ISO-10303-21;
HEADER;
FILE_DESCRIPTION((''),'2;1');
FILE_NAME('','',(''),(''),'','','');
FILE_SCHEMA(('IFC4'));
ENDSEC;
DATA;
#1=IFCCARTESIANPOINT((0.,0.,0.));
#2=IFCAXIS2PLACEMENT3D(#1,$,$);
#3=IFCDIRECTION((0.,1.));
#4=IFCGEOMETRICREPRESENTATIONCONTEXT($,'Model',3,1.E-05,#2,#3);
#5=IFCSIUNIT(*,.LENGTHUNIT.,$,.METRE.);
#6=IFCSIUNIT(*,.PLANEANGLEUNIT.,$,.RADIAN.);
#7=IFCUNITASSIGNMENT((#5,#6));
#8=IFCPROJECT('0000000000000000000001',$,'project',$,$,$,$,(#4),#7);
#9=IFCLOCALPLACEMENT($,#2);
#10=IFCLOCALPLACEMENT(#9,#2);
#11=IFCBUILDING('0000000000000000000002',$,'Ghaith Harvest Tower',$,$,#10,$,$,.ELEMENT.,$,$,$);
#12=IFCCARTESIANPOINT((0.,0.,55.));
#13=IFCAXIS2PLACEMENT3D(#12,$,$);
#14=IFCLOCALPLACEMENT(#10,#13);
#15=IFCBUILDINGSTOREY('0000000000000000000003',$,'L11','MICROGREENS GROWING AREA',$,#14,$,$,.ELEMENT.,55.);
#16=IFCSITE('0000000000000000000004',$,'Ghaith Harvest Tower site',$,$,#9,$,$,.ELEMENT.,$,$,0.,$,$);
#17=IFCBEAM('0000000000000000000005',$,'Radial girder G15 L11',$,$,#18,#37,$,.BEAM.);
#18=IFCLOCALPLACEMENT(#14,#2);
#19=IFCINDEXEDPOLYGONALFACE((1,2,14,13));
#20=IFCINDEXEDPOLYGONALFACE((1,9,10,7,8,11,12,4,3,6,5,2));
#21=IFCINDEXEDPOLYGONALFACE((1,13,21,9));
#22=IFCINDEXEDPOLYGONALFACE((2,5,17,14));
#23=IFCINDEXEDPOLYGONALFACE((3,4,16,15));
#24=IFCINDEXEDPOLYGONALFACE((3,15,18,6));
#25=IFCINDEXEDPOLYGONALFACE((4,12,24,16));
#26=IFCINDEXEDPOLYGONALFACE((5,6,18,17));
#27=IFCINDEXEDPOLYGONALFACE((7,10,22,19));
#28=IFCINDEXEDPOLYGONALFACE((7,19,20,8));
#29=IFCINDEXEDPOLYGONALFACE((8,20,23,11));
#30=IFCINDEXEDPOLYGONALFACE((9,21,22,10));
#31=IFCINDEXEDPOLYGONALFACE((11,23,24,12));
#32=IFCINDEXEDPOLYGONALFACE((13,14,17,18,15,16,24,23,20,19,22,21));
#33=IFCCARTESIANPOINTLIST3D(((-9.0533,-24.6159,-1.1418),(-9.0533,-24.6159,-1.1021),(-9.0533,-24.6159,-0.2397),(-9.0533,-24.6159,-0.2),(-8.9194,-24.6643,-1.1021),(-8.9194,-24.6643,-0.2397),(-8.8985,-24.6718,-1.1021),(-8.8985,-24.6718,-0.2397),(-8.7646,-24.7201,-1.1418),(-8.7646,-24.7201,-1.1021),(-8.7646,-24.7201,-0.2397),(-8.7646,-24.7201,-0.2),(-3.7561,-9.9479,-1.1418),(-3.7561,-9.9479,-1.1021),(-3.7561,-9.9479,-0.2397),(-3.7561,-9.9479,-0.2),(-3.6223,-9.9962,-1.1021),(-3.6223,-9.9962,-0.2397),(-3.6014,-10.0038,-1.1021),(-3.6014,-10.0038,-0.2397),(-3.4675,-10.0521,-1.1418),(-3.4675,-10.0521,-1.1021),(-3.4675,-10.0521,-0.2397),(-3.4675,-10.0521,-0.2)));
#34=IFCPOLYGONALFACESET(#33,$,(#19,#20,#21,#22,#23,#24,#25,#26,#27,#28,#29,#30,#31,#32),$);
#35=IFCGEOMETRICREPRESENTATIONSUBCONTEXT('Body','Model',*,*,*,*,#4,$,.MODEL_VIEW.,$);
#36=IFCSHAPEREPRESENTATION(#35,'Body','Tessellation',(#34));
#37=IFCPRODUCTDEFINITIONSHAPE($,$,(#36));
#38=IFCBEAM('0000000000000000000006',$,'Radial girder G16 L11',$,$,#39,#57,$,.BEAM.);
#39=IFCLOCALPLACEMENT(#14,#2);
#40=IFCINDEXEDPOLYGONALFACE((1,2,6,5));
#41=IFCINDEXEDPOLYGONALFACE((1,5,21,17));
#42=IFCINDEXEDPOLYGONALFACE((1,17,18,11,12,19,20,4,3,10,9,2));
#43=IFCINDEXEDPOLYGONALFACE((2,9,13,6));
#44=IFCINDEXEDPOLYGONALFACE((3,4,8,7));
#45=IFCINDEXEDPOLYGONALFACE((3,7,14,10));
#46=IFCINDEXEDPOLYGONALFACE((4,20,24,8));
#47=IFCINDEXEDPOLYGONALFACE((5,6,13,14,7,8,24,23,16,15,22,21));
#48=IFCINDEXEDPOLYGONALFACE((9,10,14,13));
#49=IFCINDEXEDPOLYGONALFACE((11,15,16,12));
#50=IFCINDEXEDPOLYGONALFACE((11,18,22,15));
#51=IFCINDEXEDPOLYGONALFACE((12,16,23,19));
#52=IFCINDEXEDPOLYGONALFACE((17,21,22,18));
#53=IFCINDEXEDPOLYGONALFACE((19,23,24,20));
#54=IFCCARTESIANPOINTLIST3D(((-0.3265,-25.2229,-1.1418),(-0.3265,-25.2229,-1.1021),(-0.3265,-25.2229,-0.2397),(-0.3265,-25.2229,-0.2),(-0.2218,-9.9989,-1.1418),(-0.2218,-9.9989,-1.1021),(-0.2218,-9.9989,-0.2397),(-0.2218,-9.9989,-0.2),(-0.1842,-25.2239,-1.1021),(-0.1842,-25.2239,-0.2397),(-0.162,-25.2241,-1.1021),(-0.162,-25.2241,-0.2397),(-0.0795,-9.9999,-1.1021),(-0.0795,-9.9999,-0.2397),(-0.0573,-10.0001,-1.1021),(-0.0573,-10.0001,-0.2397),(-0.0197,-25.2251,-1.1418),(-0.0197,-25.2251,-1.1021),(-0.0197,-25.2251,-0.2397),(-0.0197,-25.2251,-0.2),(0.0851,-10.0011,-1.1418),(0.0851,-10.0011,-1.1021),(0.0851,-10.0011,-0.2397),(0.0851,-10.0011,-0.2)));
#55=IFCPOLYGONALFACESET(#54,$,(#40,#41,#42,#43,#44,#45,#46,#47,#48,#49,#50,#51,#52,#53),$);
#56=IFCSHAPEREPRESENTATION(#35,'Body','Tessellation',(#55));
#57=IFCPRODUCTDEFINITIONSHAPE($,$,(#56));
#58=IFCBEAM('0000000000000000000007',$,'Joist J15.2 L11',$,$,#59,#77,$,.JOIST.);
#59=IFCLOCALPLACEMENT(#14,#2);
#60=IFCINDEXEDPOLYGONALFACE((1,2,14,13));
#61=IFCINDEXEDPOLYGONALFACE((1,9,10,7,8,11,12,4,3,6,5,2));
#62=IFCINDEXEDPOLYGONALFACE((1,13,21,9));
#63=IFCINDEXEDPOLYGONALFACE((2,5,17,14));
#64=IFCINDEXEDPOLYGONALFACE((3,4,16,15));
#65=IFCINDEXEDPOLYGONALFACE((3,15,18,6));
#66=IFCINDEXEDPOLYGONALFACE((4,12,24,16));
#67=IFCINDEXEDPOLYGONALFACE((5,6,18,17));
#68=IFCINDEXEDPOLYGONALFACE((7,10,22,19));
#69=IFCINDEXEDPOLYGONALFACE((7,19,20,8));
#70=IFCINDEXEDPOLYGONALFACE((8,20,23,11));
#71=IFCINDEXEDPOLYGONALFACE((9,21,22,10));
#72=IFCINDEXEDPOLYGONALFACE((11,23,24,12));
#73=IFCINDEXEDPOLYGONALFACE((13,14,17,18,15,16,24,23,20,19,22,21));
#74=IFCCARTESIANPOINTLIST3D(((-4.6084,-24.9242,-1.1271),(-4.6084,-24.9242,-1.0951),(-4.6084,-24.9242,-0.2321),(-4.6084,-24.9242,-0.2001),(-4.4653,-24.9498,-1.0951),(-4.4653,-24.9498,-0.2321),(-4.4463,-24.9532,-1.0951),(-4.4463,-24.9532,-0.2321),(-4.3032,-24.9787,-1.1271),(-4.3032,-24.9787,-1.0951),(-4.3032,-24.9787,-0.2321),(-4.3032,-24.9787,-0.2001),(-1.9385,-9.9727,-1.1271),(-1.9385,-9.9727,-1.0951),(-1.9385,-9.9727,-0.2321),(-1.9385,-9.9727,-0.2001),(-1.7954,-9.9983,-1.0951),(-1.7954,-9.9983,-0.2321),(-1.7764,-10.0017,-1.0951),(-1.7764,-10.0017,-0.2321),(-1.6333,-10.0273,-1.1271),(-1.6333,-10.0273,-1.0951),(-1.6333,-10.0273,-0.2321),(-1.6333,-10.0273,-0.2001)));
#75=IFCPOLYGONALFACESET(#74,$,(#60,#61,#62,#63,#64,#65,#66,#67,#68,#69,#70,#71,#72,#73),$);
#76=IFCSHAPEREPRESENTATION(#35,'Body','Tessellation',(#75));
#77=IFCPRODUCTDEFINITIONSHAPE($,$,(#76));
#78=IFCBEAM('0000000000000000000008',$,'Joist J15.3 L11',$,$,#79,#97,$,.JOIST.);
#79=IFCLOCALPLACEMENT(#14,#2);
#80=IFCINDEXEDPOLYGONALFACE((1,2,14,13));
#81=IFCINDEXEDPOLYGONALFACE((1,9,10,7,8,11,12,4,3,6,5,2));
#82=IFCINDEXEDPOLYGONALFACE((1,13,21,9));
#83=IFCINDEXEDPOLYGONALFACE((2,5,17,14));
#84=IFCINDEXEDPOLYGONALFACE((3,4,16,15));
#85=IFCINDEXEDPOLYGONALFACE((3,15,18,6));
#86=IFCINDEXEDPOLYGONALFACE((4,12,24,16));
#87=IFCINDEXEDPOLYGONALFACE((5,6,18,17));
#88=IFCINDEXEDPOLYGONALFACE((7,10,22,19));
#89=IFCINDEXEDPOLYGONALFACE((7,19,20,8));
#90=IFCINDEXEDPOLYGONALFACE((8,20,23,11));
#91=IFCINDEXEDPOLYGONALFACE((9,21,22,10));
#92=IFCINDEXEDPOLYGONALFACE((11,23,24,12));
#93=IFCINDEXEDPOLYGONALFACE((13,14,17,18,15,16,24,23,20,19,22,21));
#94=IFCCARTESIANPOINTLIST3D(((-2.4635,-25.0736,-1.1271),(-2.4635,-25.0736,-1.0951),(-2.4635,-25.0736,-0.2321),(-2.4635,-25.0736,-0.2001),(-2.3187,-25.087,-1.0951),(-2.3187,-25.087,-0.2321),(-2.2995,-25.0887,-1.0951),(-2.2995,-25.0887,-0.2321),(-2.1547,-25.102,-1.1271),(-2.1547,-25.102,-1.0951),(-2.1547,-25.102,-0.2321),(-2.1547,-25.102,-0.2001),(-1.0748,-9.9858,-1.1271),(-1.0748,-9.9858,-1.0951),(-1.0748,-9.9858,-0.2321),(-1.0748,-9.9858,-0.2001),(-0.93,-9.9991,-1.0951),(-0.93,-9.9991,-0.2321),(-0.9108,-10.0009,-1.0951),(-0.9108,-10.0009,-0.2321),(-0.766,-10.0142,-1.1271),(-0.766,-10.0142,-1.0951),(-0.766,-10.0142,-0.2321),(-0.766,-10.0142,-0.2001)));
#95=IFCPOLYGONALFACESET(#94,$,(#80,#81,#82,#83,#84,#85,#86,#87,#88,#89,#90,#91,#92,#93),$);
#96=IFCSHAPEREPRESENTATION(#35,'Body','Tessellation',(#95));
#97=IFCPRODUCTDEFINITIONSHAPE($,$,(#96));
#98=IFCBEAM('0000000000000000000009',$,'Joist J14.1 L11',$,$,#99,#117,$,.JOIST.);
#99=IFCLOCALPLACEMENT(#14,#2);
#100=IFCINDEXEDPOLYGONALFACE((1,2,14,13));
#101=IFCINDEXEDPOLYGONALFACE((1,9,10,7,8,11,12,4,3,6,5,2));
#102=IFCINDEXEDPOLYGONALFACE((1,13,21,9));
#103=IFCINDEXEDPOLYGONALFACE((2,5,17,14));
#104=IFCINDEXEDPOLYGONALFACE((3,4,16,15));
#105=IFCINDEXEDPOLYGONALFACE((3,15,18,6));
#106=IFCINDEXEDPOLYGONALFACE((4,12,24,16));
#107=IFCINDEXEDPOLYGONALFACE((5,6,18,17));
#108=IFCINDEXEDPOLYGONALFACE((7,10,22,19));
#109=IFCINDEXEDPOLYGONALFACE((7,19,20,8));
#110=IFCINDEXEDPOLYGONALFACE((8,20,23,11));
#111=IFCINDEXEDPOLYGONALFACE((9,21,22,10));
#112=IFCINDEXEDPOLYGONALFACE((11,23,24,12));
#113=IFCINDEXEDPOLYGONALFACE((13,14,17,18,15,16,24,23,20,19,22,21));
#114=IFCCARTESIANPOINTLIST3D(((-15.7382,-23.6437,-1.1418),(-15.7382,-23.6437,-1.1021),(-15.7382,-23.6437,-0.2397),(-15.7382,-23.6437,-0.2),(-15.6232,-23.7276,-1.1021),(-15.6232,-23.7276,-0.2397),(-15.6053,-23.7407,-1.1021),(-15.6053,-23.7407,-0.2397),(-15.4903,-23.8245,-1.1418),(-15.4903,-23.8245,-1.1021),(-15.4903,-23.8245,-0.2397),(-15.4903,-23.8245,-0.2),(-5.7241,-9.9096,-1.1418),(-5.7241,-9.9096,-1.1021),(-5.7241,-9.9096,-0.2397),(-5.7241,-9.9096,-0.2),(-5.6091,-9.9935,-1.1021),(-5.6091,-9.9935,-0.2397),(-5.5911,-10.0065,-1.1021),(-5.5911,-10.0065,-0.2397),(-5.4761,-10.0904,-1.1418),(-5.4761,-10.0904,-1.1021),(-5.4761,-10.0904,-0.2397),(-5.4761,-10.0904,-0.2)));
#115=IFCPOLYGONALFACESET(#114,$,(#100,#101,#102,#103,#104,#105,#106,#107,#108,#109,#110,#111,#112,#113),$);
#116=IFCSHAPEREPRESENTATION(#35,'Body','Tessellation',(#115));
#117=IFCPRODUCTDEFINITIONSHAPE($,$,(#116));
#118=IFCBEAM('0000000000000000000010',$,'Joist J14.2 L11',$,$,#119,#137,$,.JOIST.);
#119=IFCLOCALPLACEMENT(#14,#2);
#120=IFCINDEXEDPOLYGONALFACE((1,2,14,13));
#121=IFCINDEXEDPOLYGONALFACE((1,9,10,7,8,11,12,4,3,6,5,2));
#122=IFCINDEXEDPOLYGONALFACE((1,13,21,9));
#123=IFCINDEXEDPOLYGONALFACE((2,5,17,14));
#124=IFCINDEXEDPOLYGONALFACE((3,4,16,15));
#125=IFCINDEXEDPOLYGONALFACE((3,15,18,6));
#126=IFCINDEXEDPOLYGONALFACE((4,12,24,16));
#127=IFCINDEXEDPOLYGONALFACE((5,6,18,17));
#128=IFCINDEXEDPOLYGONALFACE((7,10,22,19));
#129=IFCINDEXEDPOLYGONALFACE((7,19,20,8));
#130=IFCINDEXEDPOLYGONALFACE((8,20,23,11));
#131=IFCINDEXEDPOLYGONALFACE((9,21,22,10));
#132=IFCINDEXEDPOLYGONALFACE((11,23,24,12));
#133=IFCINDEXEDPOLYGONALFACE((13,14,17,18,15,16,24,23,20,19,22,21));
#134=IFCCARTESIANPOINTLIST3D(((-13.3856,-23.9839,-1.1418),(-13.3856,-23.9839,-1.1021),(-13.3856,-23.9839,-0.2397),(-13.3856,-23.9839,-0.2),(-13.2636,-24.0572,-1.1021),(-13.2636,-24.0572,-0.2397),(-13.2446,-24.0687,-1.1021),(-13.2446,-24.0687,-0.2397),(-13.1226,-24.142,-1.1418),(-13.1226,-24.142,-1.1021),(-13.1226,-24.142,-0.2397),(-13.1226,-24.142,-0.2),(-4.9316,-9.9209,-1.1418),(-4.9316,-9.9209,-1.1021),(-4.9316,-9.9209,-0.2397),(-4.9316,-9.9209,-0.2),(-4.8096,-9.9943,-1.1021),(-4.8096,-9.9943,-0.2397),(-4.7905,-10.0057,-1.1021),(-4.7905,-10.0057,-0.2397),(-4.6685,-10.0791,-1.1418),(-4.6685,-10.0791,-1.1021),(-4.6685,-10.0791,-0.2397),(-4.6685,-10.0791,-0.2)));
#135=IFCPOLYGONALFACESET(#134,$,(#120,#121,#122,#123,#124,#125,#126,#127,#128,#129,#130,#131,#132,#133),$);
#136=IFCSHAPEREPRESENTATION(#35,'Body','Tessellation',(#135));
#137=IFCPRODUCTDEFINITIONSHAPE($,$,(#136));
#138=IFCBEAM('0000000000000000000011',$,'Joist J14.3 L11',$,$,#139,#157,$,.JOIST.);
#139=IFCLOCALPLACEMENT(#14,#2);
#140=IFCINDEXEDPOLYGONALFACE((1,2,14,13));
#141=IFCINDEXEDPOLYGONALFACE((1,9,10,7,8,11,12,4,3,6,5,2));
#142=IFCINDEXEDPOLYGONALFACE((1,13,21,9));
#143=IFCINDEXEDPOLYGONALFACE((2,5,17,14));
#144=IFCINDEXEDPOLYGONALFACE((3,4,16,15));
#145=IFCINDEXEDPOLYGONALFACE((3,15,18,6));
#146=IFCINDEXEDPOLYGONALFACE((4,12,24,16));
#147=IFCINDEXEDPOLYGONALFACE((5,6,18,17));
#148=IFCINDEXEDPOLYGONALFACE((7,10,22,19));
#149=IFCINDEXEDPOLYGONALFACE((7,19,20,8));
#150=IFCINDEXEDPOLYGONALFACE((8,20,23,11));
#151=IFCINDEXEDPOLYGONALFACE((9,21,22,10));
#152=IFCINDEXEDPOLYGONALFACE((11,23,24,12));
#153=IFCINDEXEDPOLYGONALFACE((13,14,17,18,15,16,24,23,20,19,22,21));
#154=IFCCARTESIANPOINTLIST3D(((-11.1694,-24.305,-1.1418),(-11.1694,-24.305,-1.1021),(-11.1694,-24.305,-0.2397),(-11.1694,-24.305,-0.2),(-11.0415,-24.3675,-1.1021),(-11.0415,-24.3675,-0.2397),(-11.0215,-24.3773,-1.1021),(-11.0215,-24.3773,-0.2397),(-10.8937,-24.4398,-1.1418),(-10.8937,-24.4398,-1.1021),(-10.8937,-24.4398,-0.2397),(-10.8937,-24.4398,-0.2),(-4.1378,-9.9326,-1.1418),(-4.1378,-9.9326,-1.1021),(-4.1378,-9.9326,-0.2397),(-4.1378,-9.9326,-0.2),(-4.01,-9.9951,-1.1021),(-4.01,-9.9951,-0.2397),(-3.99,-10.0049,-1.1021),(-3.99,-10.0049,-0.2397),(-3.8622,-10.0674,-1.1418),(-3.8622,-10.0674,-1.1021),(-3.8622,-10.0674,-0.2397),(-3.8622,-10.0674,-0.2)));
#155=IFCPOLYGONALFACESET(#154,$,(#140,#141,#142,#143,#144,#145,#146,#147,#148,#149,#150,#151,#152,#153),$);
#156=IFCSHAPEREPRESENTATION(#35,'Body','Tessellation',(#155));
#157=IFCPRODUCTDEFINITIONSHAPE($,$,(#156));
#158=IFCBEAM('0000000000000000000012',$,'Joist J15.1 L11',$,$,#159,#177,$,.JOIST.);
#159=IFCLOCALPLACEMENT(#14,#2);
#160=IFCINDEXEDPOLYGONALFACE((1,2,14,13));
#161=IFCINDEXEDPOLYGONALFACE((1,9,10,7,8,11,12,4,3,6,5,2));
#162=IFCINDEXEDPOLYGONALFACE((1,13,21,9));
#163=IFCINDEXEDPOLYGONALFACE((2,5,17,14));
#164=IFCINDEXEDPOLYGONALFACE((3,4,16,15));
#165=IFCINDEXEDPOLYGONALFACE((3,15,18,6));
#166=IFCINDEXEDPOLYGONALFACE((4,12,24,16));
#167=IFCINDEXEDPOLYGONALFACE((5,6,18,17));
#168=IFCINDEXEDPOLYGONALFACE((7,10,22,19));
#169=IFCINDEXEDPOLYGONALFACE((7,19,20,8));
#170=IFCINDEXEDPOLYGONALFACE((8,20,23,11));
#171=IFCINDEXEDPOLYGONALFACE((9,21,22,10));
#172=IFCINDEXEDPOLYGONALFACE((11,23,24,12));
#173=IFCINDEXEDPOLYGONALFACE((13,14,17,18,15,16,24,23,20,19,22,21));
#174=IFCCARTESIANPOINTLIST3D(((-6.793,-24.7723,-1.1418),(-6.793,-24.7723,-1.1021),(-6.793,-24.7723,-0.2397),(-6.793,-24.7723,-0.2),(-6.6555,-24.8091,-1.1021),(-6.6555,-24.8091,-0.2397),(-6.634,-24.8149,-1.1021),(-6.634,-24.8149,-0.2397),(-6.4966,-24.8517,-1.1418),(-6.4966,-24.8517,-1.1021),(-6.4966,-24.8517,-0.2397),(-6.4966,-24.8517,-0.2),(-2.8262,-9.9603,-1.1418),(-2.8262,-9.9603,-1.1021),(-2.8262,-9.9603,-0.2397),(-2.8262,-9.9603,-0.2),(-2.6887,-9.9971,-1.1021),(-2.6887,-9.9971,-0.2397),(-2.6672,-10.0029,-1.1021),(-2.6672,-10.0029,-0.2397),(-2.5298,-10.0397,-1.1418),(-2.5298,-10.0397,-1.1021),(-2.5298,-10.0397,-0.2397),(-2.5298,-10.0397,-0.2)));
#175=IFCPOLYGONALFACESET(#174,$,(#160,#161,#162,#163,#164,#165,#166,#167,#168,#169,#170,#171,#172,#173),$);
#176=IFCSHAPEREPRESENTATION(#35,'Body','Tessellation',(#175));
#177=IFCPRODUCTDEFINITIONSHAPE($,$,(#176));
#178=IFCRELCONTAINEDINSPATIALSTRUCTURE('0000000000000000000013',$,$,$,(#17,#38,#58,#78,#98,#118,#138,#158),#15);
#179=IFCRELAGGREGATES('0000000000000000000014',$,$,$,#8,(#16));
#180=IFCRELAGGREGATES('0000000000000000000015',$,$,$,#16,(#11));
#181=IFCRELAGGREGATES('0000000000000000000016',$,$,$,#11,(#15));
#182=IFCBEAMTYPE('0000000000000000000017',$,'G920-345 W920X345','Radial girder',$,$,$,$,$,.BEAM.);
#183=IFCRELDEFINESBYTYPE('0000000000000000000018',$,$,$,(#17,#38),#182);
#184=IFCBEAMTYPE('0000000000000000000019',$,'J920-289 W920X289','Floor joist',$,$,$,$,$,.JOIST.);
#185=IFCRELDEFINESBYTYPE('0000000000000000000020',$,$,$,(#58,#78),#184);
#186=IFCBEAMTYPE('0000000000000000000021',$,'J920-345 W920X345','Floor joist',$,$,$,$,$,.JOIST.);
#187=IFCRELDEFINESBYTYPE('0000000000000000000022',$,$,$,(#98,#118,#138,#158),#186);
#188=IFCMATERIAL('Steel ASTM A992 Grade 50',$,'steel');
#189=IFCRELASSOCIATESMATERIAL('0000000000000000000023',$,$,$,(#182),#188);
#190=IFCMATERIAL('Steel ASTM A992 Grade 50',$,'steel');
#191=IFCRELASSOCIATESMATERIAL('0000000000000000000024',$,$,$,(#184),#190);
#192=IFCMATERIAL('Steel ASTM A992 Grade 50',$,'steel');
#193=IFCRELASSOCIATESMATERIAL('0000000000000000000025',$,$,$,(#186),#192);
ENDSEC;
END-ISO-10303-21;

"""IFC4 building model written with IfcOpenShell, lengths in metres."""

from ifc_helpers import new_model, si_unit, direction, frame, origin, origin_2d, place, context, subcontext, project, spatial, i_section, extrude, material, material_profile, profile_set, type_object, element, save


model = new_model("IFC4")

# Units and contexts
model_context = context("Model", 3, precision=1e-05, world=origin(), true_north=direction((0.0, 1.0)))
body_context = subcontext(model_context, "Body", "Model", "MODEL_VIEW")
ifc_project = project(units=[si_unit("LENGTHUNIT", "METRE"), si_unit("PLANEANGLEUNIT", "RADIAN")], contexts=[model_context])

# Site, building, storey
site_placement = place(None, origin())
site = spatial("IfcSite", under=ifc_project, at=site_placement, Name="Ghaith Harvest Tower site", CompositionType="ELEMENT", RefElevation=0.0)
building_placement = place(site_placement, origin())
building = spatial("IfcBuilding", under=site, at=building_placement, Name="Ghaith Harvest Tower", CompositionType="ELEMENT")
storey_placement = place(building_placement, frame((0.0, 0.0, 55.0)))
storey = spatial("IfcBuildingStorey", under=building, at=storey_placement, Name="L11", Description="MICROGREENS GROWING AREA", CompositionType="ELEMENT", Elevation=55.0)

# Beams
ifc_material_1 = material(Name="Steel ASTM A992 Grade 50", Category="steel")
ifc_material_profile_1 = material_profile(ifc_material_1, i_section(OverallWidth=0.3069, OverallDepth=0.9419, WebThickness=0.0222, FlangeThickness=0.0398, at=origin_2d()), Name="W920X345")
ifc_profile_set_1 = profile_set([ifc_material_profile_1], Name="Steel ASTM A992 Grade 50")
beam_type_1 = type_object("IfcBeamType", Name="G920-345 W920X345", Description="Radial girder", PredefinedType="BEAM", material=ifc_profile_set_1)
beam_1_placement = place(storey_placement, frame((-3.6118, -10.0, -0.6709), z_axis=(-0.339664, -0.940547, 0.0), x_axis=(0.940547, -0.339664, 0.0)))
element("IfcBeam", 1, at=beam_1_placement, inside=storey, type_object=beam_type_1, Name="Radial girder G15 L11", PredefinedType="BEAM", context=body_context, shape_type="SweptSolid", body=[
    extrude(i_section(OverallWidth=0.3069, OverallDepth=0.9419, WebThickness=0.0222, FlangeThickness=0.0398, at=origin_2d()), origin(), (0.0, 0.0, 1.0), 15.5952),
])
beam_2_placement = place(storey_placement, frame((-0.0684, -10.0, -0.6709), z_axis=(-0.006879, -0.999976, 0.0), x_axis=(0.999976, -0.006879, 0.0)))
element("IfcBeam", 2, at=beam_2_placement, inside=storey, type_object=beam_type_1, Name="Radial girder G16 L11", PredefinedType="BEAM", context=body_context, shape_type="SweptSolid", body=[
    extrude(i_section(OverallWidth=0.3069, OverallDepth=0.9419, WebThickness=0.0222, FlangeThickness=0.0398, at=origin_2d()), origin(), (0.0, 0.0, 1.0), 15.2244),
])
ifc_material_2 = material(Name="Steel ASTM A992 Grade 50", Category="steel")
ifc_material_profile_2 = material_profile(ifc_material_2, i_section(OverallWidth=0.3101, OverallDepth=0.927, WebThickness=0.0193, FlangeThickness=0.032, at=origin_2d()), Name="W920X289")
ifc_profile_set_2 = profile_set([ifc_material_profile_2], Name="Steel ASTM A992 Grade 50")
beam_type_2 = type_object("IfcBeamType", Name="J920-289 W920X289", Description="Floor joist", PredefinedType="JOIST", material=ifc_profile_set_2)
beam_3_placement = place(storey_placement, frame((-1.7859, -10.0, -0.6636), z_axis=(-0.175792, -0.984427, 0.0), x_axis=(0.984427, -0.175792, 0.0)))
element("IfcBeam", 3, at=beam_3_placement, inside=storey, type_object=beam_type_2, Name="Joist J15.2 L11", PredefinedType="JOIST", context=body_context, shape_type="SweptSolid", body=[
    extrude(i_section(OverallWidth=0.3101, OverallDepth=0.927, WebThickness=0.0193, FlangeThickness=0.032, at=origin_2d()), origin(), (0.0, 0.0, 1.0), 15.188),
])
beam_4_placement = place(storey_placement, frame((-0.9204, -10.0, -0.6636), z_axis=(-0.091651, -0.995791, 0.0), x_axis=(0.995791, -0.091651, 0.0)))
element("IfcBeam", 4, at=beam_4_placement, inside=storey, type_object=beam_type_2, Name="Joist J15.3 L11", PredefinedType="JOIST", context=body_context, shape_type="SweptSolid", body=[
    extrude(i_section(OverallWidth=0.3101, OverallDepth=0.927, WebThickness=0.0193, FlangeThickness=0.032, at=origin_2d()), origin(), (0.0, 0.0, 1.0), 15.1516),
])
ifc_material_3 = material(Name="Steel ASTM A992 Grade 50", Category="steel")
ifc_material_profile_3 = material_profile(ifc_material_3, i_section(OverallWidth=0.3069, OverallDepth=0.9419, WebThickness=0.0222, FlangeThickness=0.0398, at=origin_2d()), Name="W920X345")
ifc_profile_set_3 = profile_set([ifc_material_profile_3], Name="Steel ASTM A992 Grade 50")
beam_type_3 = type_object("IfcBeamType", Name="J920-345 W920X345", Description="Floor joist", PredefinedType="JOIST", material=ifc_profile_set_3)
beam_5_placement = place(storey_placement, frame((-5.6001, -10.0, -0.6709), z_axis=(-0.58916, -0.808016, 0.0), x_axis=(0.808016, -0.58916, 0.0)))
element("IfcBeam", 5, at=beam_5_placement, inside=storey, type_object=beam_type_3, Name="Joist J14.1 L11", PredefinedType="JOIST", context=body_context, shape_type="SweptSolid", body=[
    extrude(i_section(OverallWidth=0.3069, OverallDepth=0.9419, WebThickness=0.0222, FlangeThickness=0.0398, at=origin_2d()), origin(), (0.0, 0.0, 1.0), 16.9973),
])
beam_6_placement = place(storey_placement, frame((-4.8, -10.0, -0.6709), z_axis=(-0.515226, -0.857054, 0.0), x_axis=(0.857054, -0.515226, 0.0)))
element("IfcBeam", 6, at=beam_6_placement, inside=storey, type_object=beam_type_3, Name="Joist J14.2 L11", PredefinedType="JOIST", context=body_context, shape_type="SweptSolid", body=[
    extrude(i_section(OverallWidth=0.3069, OverallDepth=0.9419, WebThickness=0.0222, FlangeThickness=0.0398, at=origin_2d()), origin(), (0.0, 0.0, 1.0), 16.4084),
])
beam_7_placement = place(storey_placement, frame((-4.0, -10.0, -0.6709), z_axis=(-0.439464, -0.89826, 0.0), x_axis=(0.89826, -0.439464, 0.0)))
element("IfcBeam", 7, at=beam_7_placement, inside=storey, type_object=beam_type_3, Name="Joist J14.3 L11", PredefinedType="JOIST", context=body_context, shape_type="SweptSolid", body=[
    extrude(i_section(OverallWidth=0.3069, OverallDepth=0.9419, WebThickness=0.0222, FlangeThickness=0.0398, at=origin_2d()), origin(), (0.0, 0.0, 1.0), 16.0002),
])
beam_8_placement = place(storey_placement, frame((-2.678, -10.0, -0.6709), z_axis=(-0.258693, -0.96596, 0.0), x_axis=(0.96596, -0.258693, 0.0)))
element("IfcBeam", 8, at=beam_8_placement, inside=storey, type_object=beam_type_3, Name="Joist J15.1 L11", PredefinedType="JOIST", context=body_context, shape_type="SweptSolid", body=[
    extrude(i_section(OverallWidth=0.3069, OverallDepth=0.9419, WebThickness=0.0222, FlangeThickness=0.0398, at=origin_2d()), origin(), (0.0, 0.0, 1.0), 15.334),
])

save(model, "model.ifc")
